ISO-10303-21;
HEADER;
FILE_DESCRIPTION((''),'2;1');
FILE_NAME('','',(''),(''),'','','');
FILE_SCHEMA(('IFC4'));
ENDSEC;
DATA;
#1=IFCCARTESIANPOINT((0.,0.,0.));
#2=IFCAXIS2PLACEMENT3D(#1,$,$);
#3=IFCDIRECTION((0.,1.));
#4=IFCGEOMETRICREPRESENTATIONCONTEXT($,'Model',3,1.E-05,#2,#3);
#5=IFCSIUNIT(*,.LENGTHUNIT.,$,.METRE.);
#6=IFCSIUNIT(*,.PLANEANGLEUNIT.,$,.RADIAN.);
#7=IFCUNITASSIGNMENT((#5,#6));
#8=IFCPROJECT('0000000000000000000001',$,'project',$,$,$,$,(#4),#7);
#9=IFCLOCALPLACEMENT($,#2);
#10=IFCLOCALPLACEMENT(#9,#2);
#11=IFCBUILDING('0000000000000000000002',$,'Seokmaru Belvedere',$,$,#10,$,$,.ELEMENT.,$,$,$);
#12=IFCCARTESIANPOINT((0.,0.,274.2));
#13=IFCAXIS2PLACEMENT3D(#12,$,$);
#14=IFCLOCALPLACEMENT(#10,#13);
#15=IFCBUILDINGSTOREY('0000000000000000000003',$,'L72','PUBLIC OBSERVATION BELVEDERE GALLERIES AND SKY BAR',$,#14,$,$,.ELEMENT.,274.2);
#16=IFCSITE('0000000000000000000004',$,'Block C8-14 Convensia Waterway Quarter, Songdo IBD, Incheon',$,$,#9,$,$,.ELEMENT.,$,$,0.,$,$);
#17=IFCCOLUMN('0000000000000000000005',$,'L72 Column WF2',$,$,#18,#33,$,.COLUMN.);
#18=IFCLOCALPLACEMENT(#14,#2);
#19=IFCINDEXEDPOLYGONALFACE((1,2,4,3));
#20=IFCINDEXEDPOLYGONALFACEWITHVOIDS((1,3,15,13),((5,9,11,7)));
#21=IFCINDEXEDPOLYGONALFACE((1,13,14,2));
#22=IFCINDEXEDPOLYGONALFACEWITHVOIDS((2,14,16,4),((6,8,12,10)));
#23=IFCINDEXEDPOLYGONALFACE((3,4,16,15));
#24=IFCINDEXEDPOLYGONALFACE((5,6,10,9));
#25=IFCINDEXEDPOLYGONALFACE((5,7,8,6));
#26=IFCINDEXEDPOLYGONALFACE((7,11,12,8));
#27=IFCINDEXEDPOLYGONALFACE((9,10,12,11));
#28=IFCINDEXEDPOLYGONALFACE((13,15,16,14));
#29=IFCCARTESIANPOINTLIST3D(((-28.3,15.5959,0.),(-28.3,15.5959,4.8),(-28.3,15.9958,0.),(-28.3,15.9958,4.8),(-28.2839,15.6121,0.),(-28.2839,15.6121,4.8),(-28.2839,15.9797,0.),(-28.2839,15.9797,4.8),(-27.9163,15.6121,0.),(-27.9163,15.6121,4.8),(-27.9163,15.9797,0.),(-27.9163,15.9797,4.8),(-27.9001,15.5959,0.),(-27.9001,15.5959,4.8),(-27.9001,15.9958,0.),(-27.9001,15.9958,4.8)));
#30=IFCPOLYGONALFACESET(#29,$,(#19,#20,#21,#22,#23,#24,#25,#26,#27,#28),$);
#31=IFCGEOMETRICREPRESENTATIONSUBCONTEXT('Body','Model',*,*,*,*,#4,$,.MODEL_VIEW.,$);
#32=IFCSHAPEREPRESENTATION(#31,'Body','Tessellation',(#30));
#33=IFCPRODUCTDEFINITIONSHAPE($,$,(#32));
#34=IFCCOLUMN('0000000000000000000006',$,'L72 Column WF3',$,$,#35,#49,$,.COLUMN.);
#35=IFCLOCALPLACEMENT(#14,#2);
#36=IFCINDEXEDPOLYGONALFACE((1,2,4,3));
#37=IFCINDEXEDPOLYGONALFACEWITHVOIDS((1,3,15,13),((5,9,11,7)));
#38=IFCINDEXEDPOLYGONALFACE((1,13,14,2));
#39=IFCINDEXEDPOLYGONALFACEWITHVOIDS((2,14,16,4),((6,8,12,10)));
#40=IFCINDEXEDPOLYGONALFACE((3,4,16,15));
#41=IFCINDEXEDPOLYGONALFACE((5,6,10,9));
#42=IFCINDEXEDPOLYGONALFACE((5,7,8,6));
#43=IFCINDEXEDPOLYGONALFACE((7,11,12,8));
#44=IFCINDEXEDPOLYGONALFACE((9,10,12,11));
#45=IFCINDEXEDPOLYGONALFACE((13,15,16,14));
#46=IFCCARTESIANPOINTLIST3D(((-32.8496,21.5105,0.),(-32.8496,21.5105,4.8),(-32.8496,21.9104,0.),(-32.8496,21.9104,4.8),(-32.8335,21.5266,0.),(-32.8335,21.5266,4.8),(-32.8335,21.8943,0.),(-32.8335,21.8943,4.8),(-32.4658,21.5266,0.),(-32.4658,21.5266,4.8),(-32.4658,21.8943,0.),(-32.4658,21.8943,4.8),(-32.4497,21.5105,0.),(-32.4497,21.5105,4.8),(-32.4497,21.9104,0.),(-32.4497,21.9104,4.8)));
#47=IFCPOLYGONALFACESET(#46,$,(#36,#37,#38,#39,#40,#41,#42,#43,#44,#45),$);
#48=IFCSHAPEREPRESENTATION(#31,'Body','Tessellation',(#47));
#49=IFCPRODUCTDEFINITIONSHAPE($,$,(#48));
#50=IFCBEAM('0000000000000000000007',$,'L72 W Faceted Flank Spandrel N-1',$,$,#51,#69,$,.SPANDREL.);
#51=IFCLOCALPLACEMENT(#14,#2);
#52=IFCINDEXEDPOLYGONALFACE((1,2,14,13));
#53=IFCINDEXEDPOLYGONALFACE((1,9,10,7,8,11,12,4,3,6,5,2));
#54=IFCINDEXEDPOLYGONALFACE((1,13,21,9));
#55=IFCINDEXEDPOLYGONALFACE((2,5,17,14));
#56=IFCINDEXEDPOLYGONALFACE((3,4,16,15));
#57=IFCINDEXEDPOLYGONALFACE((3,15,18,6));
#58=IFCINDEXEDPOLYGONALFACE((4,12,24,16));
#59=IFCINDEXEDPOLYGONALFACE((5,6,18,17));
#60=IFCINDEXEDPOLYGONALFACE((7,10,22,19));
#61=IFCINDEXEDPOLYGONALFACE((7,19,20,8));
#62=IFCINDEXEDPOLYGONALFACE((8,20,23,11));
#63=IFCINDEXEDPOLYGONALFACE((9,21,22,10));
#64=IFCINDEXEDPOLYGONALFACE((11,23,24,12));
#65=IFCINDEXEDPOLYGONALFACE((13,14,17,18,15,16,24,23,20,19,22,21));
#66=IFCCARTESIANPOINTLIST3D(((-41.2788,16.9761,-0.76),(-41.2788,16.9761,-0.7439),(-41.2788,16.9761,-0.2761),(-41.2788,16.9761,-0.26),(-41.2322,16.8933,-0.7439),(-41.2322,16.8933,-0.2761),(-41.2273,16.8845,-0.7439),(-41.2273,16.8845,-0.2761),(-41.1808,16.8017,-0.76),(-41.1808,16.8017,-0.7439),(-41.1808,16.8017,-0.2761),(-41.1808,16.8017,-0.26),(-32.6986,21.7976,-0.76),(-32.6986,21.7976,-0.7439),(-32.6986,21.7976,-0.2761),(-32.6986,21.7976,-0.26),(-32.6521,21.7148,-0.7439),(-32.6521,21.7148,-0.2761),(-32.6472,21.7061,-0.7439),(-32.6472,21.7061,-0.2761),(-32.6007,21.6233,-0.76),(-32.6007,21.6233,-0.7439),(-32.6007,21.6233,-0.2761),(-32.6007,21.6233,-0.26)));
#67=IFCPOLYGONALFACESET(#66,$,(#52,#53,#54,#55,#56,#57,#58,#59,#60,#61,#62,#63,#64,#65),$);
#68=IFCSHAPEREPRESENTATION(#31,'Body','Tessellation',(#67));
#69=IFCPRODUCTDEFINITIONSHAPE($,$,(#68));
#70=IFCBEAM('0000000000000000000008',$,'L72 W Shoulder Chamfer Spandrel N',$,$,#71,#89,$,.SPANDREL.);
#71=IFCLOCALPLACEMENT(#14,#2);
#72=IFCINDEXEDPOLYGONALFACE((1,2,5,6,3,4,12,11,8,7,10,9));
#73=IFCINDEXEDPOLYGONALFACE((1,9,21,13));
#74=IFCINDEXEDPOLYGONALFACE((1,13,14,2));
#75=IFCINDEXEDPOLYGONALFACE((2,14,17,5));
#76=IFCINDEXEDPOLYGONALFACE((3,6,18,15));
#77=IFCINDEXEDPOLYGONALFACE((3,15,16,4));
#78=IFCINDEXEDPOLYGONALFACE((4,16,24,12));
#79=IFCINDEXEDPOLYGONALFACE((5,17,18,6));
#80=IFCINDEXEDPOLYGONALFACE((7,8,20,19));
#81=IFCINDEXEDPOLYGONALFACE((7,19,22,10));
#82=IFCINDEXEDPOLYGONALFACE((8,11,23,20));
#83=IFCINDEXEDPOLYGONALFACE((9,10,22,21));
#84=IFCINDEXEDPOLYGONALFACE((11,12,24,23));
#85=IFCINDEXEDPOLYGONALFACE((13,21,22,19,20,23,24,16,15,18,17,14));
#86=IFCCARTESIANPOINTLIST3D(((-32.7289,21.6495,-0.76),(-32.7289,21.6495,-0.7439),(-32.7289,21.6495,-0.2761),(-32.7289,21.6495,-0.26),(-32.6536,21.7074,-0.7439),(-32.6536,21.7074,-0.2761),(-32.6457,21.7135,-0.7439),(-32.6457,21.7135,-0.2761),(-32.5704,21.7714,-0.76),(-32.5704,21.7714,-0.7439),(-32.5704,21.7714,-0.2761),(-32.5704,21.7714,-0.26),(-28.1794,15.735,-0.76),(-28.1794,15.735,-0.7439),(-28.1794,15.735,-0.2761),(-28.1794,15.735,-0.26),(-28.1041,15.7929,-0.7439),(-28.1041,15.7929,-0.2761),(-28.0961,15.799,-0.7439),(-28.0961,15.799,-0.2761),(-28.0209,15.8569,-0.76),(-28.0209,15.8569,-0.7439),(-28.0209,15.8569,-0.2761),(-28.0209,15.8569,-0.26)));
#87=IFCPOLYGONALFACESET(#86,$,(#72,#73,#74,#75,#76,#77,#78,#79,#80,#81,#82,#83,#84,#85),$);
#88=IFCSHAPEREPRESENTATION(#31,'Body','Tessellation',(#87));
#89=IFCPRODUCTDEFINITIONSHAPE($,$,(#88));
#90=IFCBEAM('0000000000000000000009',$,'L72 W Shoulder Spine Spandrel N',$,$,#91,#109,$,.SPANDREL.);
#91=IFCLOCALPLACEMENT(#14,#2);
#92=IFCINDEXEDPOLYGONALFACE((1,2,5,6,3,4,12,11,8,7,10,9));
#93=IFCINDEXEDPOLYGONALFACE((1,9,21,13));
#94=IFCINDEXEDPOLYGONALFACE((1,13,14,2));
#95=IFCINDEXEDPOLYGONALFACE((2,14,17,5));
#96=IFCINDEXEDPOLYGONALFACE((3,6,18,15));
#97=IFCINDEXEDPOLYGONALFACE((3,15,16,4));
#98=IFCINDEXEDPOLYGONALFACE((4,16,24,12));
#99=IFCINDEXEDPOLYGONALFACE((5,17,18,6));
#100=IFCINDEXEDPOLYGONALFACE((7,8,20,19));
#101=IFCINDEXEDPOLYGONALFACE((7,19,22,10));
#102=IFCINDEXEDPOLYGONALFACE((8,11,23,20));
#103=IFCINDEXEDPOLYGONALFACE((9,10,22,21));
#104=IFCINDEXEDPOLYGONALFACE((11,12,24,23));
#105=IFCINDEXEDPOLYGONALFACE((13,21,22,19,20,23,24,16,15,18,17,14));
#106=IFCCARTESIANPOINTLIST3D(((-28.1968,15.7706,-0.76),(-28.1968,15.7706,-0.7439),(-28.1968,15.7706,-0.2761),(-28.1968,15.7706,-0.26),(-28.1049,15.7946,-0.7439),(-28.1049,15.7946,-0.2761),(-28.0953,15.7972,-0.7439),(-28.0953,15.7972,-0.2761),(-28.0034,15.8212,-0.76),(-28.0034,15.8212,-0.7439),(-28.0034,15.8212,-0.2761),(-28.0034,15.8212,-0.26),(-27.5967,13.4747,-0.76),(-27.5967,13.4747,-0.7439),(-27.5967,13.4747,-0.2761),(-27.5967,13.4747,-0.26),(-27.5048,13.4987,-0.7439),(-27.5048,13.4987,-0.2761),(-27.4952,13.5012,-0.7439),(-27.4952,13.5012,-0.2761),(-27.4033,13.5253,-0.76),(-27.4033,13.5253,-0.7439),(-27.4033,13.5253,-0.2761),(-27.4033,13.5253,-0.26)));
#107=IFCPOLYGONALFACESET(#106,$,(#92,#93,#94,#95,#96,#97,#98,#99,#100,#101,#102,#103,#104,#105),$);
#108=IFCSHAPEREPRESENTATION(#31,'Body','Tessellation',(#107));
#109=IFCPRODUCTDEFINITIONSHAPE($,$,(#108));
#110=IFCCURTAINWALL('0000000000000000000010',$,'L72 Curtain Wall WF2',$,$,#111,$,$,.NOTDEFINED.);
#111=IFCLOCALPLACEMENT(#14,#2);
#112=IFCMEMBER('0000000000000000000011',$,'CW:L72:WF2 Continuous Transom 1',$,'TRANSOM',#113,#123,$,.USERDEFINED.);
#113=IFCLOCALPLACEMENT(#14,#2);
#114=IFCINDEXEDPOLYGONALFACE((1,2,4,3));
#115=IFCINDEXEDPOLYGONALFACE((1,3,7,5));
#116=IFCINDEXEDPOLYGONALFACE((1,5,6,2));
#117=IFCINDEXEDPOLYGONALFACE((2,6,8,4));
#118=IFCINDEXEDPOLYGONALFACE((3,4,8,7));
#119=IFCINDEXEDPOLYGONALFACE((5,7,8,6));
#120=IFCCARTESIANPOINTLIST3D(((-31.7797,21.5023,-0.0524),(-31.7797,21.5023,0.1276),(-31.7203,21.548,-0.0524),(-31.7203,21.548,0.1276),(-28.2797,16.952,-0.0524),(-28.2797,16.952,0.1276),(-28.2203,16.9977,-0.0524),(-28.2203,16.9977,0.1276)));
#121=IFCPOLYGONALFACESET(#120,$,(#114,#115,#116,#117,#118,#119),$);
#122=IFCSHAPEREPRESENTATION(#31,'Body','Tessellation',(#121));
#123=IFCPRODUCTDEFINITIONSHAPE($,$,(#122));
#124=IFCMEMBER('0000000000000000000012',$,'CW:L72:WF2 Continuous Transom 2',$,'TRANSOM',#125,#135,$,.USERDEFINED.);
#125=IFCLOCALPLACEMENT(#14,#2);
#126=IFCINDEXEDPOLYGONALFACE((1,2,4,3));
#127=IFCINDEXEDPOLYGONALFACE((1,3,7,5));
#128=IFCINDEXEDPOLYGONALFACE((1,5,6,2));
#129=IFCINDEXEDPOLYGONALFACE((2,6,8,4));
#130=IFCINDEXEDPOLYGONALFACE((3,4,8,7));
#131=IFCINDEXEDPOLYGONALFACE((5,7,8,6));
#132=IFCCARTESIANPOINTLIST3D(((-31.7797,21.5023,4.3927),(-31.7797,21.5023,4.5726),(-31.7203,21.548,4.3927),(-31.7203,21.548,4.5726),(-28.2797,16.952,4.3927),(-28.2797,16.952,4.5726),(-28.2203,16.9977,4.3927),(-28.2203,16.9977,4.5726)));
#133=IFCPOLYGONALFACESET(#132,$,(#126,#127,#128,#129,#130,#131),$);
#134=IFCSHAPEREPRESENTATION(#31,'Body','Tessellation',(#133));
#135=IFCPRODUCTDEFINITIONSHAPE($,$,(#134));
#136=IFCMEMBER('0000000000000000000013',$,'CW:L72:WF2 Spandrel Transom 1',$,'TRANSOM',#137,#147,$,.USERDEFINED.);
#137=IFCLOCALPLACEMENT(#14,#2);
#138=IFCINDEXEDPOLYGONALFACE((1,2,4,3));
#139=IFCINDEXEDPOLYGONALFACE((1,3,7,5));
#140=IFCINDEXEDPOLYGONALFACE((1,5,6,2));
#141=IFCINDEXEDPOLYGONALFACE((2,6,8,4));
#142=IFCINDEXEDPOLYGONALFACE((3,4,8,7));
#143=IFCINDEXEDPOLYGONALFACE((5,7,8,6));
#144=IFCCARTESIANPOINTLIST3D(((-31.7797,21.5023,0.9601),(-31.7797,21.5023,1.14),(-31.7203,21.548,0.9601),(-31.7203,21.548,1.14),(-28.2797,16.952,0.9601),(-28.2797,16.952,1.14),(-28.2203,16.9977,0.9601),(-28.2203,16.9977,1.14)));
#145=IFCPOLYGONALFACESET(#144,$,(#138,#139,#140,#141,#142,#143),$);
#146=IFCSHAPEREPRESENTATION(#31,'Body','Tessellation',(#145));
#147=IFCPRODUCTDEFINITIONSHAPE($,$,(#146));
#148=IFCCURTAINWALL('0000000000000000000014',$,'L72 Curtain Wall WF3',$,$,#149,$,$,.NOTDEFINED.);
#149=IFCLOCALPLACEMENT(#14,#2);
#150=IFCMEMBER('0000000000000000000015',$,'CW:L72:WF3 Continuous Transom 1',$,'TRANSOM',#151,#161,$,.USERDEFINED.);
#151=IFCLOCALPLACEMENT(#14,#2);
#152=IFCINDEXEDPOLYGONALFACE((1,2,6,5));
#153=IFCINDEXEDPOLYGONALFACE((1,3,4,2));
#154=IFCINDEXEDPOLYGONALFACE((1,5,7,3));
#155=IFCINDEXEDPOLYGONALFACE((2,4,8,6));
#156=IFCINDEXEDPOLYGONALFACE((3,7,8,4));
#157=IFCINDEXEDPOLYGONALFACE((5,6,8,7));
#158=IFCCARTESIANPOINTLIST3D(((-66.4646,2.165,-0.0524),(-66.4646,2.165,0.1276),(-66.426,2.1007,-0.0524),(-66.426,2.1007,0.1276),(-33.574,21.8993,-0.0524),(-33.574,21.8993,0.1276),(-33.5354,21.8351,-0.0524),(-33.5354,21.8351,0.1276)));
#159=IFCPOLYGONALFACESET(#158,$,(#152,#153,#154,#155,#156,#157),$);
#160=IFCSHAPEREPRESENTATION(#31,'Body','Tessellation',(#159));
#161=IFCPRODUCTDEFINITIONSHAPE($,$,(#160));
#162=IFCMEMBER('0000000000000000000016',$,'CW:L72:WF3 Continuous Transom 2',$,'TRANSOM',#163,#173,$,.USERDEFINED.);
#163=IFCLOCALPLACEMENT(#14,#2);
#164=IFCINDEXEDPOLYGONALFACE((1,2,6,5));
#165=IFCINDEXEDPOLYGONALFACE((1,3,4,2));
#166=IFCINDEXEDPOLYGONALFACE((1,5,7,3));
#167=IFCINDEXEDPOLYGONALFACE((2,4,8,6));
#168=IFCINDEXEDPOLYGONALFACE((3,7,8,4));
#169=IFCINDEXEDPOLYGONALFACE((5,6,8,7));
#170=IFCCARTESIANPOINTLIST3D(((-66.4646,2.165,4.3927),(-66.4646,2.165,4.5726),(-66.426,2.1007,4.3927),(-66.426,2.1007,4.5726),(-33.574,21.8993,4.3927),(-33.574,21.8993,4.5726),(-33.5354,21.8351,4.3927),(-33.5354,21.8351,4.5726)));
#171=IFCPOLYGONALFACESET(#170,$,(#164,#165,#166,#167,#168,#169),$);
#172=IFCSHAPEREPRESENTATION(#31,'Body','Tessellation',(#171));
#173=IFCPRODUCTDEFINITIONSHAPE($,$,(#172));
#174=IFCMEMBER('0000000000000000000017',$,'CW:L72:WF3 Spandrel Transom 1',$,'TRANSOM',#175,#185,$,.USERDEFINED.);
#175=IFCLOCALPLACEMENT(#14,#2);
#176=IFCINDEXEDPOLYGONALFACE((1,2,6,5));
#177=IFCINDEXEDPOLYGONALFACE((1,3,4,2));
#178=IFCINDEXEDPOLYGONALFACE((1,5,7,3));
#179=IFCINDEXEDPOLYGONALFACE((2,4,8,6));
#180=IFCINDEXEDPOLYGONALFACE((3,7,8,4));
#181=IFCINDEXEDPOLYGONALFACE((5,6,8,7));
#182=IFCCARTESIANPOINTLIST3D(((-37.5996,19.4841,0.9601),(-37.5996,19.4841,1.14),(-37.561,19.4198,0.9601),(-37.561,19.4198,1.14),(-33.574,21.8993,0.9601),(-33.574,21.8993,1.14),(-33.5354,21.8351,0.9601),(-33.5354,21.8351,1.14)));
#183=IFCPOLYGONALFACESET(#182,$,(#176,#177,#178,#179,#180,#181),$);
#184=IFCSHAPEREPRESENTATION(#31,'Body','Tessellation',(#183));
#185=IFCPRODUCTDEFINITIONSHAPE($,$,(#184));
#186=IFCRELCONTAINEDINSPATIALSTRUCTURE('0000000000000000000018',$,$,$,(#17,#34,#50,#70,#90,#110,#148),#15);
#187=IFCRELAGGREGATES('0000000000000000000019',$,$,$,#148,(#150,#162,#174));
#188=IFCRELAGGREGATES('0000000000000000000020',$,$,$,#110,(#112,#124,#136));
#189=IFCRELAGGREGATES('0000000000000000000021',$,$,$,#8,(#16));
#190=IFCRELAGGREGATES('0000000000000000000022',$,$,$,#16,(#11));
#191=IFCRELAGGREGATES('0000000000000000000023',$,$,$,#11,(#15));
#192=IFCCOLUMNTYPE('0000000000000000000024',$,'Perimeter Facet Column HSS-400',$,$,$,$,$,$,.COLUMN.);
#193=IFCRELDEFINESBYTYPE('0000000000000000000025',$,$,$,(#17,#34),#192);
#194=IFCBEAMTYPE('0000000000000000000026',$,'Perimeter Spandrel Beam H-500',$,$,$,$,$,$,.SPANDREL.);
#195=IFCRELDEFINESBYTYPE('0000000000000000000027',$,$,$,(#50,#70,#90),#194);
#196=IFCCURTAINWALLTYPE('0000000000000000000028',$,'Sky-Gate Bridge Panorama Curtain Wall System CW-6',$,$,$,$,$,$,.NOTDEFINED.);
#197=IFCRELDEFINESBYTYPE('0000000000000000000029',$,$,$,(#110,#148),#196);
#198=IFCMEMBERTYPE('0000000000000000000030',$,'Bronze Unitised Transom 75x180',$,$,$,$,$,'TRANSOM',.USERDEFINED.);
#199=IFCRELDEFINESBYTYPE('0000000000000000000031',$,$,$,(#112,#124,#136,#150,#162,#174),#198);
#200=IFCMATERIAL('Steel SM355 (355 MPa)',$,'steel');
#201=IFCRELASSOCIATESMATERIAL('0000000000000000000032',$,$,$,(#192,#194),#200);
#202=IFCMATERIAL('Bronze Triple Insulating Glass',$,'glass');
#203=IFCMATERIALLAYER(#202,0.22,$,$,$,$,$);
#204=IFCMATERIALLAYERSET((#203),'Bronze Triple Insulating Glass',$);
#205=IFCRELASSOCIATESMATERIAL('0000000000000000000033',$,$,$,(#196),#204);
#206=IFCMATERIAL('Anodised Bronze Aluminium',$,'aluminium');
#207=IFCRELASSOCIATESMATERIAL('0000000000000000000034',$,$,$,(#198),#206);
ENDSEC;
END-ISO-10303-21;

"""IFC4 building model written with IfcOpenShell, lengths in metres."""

from ifc_helpers import new_model, si_unit, direction, frame, origin, origin_2d, place, context, subcontext, project, spatial, rectangle, hollow_rectangle, i_section, extrude, source, transform, mapped, material, layer, layer_set, material_profile, profile_set, type_object, type_shapes, element, aggregate, save


model = new_model("IFC4")

# Units and contexts
model_context = context("Model", 3, precision=1e-05, world=origin(), true_north=direction((0.0, 1.0)))
body_context = subcontext(model_context, "Body", "Model", "MODEL_VIEW")
ifc_project = project(units=[si_unit("LENGTHUNIT", "METRE"), si_unit("PLANEANGLEUNIT", "RADIAN")], contexts=[model_context])

# Site, building, storey
site_placement = place(None, origin())
site = spatial("IfcSite", under=ifc_project, at=site_placement, Name="Block C8-14 Convensia Waterway Quarter, Songdo IBD, Incheon", CompositionType="ELEMENT", RefElevation=0.0)
building_placement = place(site_placement, origin())
building = spatial("IfcBuilding", under=site, at=building_placement, Name="Seokmaru Belvedere", CompositionType="ELEMENT")
storey_placement = place(building_placement, frame((0.0, 0.0, 274.2)))
storey = spatial("IfcBuildingStorey", under=building, at=storey_placement, Name="L72", Description="PUBLIC OBSERVATION BELVEDERE GALLERIES AND SKY BAR", CompositionType="ELEMENT", Elevation=274.2)

# Columns
ifc_material_1 = material(Name="Steel SM355 (355 MPa)", Category="steel")
ifc_material_profile_1 = material_profile(ifc_material_1, hollow_rectangle(XDim=0.3999, YDim=0.3999, WallThickness=0.0161, at=origin_2d()), Name="HSS-400x400x16")
ifc_profile_set_1 = profile_set([ifc_material_profile_1], Name="Steel SM355 (355 MPa)")
column_type = type_object("IfcColumnType", Name="Perimeter Facet Column HSS-400", PredefinedType="COLUMN", material=ifc_profile_set_1)
shared_shape_1 = source(origin(), body_context, "Body", "SweptSolid", [
    extrude(hollow_rectangle(XDim=0.3999, YDim=0.3999, WallThickness=0.0161, at=origin_2d()), origin(), (0.0, 0.0, 1.0), 4.8),
])
type_shapes(column_type, [shared_shape_1])
for number, where, z_axis, x_axis, name in (
    (1, (-28.1001, 15.7959, 0.0), (0.0, 0.0, 1.0), (1.0, 0.0, 0.0), "L72 Column WF2"),
    (2, (-32.6497, 21.7104, 0.0), (0.0, 0.0, 1.0), (1.0, 0.0, 0.0), "L72 Column WF3"),
):
    element("IfcColumn", number, at=place(storey_placement, frame(where, z_axis=z_axis, x_axis=x_axis)), inside=storey, type_object=column_type, Name=name, PredefinedType="COLUMN", context=body_context, shape_type="MappedRepresentation", body=[
        mapped(shared_shape_1, transform((0.0, 0.0, 0.0), scale=1.0)),
    ])

# Beams
ifc_material_profile_2 = material_profile(ifc_material_1, i_section(OverallWidth=0.2, OverallDepth=0.5, WebThickness=0.01, FlangeThickness=0.0161, at=origin_2d()), Name="H-500x200x10x16")
ifc_profile_set_2 = profile_set([ifc_material_profile_2], Name="Steel SM355 (355 MPa)")
beam_type = type_object("IfcBeamType", Name="Perimeter Spandrel Beam H-500", PredefinedType="SPANDREL", material=ifc_profile_set_2)
shared_shape_2 = source(origin(), body_context, "Body", "SweptSolid", [
    extrude(i_section(OverallWidth=0.2, OverallDepth=0.5, WebThickness=0.01, FlangeThickness=0.0161, at=origin_2d()), origin(), (0.0, 0.0, 1.0), 9.842),
])
beam_1_placement = place(storey_placement, frame((-32.6497, 21.7104, -0.51), z_axis=(-0.871782, -0.489894, 0.0), x_axis=(0.489894, -0.871782, 0.0)))
element("IfcBeam", 3, at=beam_1_placement, inside=storey, type_object=beam_type, Name="L72 W Faceted Flank Spandrel N-1", PredefinedType="SPANDREL", context=body_context, shape_type="MappedRepresentation", body=[
    mapped(shared_shape_2, transform((0.0, 0.0, 0.0), scale=1.0)),
])
shared_shape_3 = source(origin(), body_context, "Body", "SweptSolid", [
    extrude(i_section(OverallWidth=0.2, OverallDepth=0.5, WebThickness=0.01, FlangeThickness=0.0161, at=origin_2d()), origin(), (0.0, 0.0, 1.0), 7.4619),
])
beam_2_placement = place(storey_placement, frame((-32.6497, 21.7104, -0.51), z_axis=(0.609703, -0.79263, 0.0), x_axis=(0.79263, 0.609703, 0.0)))
element("IfcBeam", 4, at=beam_2_placement, inside=storey, type_object=beam_type, Name="L72 W Shoulder Chamfer Spandrel N", PredefinedType="SPANDREL", context=body_context, shape_type="MappedRepresentation", body=[
    mapped(shared_shape_3, transform((0.0, 0.0, 0.0), scale=1.0)),
])
shared_shape_4 = source(origin(), body_context, "Body", "SweptSolid", [
    extrude(i_section(OverallWidth=0.2, OverallDepth=0.5, WebThickness=0.01, FlangeThickness=0.0161, at=origin_2d()), origin(), (0.0, 0.0, 1.0), 2.373),
])
type_shapes(beam_type, [shared_shape_2, shared_shape_3, shared_shape_4])
beam_3_placement = place(storey_placement, frame((-28.1001, 15.7959, -0.51), z_axis=(0.252883, -0.967497, 0.0), x_axis=(0.967497, 0.252883, 0.0)))
element("IfcBeam", 5, at=beam_3_placement, inside=storey, type_object=beam_type, Name="L72 W Shoulder Spine Spandrel N", PredefinedType="SPANDREL", context=body_context, shape_type="MappedRepresentation", body=[
    mapped(shared_shape_4, transform((0.0, 0.0, 0.0), scale=1.0)),
])

# Curtain walls, members
ifc_material_2 = material(Name="Bronze Triple Insulating Glass", Category="glass")
ifc_layer_1 = layer(ifc_material_2, 0.22)
ifc_layer_set_1 = layer_set([ifc_layer_1], Name="Bronze Triple Insulating Glass")
curtain_wall_type = type_object("IfcCurtainWallType", Name="Sky-Gate Bridge Panorama Curtain Wall System CW-6", PredefinedType="NOTDEFINED", material=ifc_layer_set_1)
curtain_wall_1_placement = place(storey_placement, origin())
curtain_wall_1 = element("IfcCurtainWall", 6, at=curtain_wall_1_placement, inside=storey, type_object=curtain_wall_type, Name="L72 Curtain Wall WF2", PredefinedType="NOTDEFINED")
ifc_material_3 = material(Name="Anodised Bronze Aluminium", Category="aluminium")
ifc_material_profile_3 = material_profile(ifc_material_3, rectangle(XDim=0.075, YDim=0.1799, at=origin_2d()), Name="CW-T-75x180")
ifc_profile_set_3 = profile_set([ifc_material_profile_3], Name="Anodised Bronze Aluminium")
member_type_1 = type_object("IfcMemberType", Name="Bronze Unitised Transom 75x180", ElementType="TRANSOM", PredefinedType="USERDEFINED", material=ifc_profile_set_3)
shared_shape_5 = source(origin(), body_context, "Body", "SweptSolid", [
    extrude(rectangle(XDim=0.075, YDim=0.1799, at=origin_2d()), origin(), (0.0, 0.0, 1.0), 5.7407),
])
member_1_placement = place(storey_placement, frame((-28.25, 16.9749, 0.0376), z_axis=(-0.609686, 0.792643, 0.0), x_axis=(-0.792643, -0.609686, 0.0)))
member_1 = element("IfcMember", 7, at=member_1_placement, type_object=member_type_1, Name="CW:L72:WF2 Continuous Transom 1", ObjectType="TRANSOM", PredefinedType="USERDEFINED", context=body_context, shape_type="MappedRepresentation", body=[
    mapped(shared_shape_5, transform((0.0, 0.0, 0.0), scale=1.0)),
])
member_2_placement = place(storey_placement, frame((-28.25, 16.9749, 4.4827), z_axis=(-0.609686, 0.792643, 0.0), x_axis=(-0.792643, -0.609686, 0.0)))
member_2 = element("IfcMember", 8, at=member_2_placement, type_object=member_type_1, Name="CW:L72:WF2 Continuous Transom 2", ObjectType="TRANSOM", PredefinedType="USERDEFINED", context=body_context, shape_type="MappedRepresentation", body=[
    mapped(shared_shape_5, transform((0.0, 0.0, 0.0), scale=1.0)),
])
member_3_placement = place(storey_placement, frame((-28.25, 16.9749, 1.05), z_axis=(-0.609686, 0.792643, 0.0), x_axis=(-0.792643, -0.609686, 0.0)))
member_3 = element("IfcMember", 9, at=member_3_placement, type_object=member_type_1, Name="CW:L72:WF2 Spandrel Transom 1", ObjectType="TRANSOM", PredefinedType="USERDEFINED", context=body_context, shape_type="MappedRepresentation", body=[
    mapped(shared_shape_5, transform((0.0, 0.0, 0.0), scale=1.0)),
])
curtain_wall_2_placement = place(storey_placement, origin())
curtain_wall_2 = element("IfcCurtainWall", 10, at=curtain_wall_2_placement, inside=storey, type_object=curtain_wall_type, Name="L72 Curtain Wall WF3", PredefinedType="NOTDEFINED")
shared_shape_6 = source(origin(), body_context, "Body", "SweptSolid", [
    extrude(rectangle(XDim=0.075, YDim=0.1799, at=origin_2d()), origin(), (0.0, 0.0, 1.0), 38.3567),
])
member_4_placement = place(storey_placement, frame((-33.5547, 21.8672, 0.0376), z_axis=(-0.857493, -0.514496, 0.0), x_axis=(0.514496, -0.857493, 0.0)))
member_4 = element("IfcMember", 11, at=member_4_placement, type_object=member_type_1, Name="CW:L72:WF3 Continuous Transom 1", ObjectType="TRANSOM", PredefinedType="USERDEFINED", context=body_context, shape_type="MappedRepresentation", body=[
    mapped(shared_shape_6, transform((0.0, 0.0, 0.0), scale=1.0)),
])
member_5_placement = place(storey_placement, frame((-33.5547, 21.8672, 4.4827), z_axis=(-0.857493, -0.514496, 0.0), x_axis=(0.514496, -0.857493, 0.0)))
member_5 = element("IfcMember", 12, at=member_5_placement, type_object=member_type_1, Name="CW:L72:WF3 Continuous Transom 2", ObjectType="TRANSOM", PredefinedType="USERDEFINED", context=body_context, shape_type="MappedRepresentation", body=[
    mapped(shared_shape_6, transform((0.0, 0.0, 0.0), scale=1.0)),
])
shared_shape_7 = source(origin(), body_context, "Body", "SweptSolid", [
    extrude(rectangle(XDim=0.075, YDim=0.1799, at=origin_2d()), origin(), (0.0, 0.0, 1.0), 4.6946),
])
type_shapes(member_type_1, [shared_shape_5, shared_shape_6, shared_shape_7])
member_6_placement = place(storey_placement, frame((-33.5547, 21.8672, 1.05), z_axis=(-0.857502, -0.51448, 0.0), x_axis=(0.51448, -0.857502, 0.0)))
member_6 = element("IfcMember", 13, at=member_6_placement, type_object=member_type_1, Name="CW:L72:WF3 Spandrel Transom 1", ObjectType="TRANSOM", PredefinedType="USERDEFINED", context=body_context, shape_type="MappedRepresentation", body=[
    mapped(shared_shape_7, transform((0.0, 0.0, 0.0), scale=1.0)),
])

aggregate(curtain_wall_2, [member_4, member_5, member_6])

aggregate(curtain_wall_1, [member_1, member_2, member_3])

save(model, "model.ifc")
